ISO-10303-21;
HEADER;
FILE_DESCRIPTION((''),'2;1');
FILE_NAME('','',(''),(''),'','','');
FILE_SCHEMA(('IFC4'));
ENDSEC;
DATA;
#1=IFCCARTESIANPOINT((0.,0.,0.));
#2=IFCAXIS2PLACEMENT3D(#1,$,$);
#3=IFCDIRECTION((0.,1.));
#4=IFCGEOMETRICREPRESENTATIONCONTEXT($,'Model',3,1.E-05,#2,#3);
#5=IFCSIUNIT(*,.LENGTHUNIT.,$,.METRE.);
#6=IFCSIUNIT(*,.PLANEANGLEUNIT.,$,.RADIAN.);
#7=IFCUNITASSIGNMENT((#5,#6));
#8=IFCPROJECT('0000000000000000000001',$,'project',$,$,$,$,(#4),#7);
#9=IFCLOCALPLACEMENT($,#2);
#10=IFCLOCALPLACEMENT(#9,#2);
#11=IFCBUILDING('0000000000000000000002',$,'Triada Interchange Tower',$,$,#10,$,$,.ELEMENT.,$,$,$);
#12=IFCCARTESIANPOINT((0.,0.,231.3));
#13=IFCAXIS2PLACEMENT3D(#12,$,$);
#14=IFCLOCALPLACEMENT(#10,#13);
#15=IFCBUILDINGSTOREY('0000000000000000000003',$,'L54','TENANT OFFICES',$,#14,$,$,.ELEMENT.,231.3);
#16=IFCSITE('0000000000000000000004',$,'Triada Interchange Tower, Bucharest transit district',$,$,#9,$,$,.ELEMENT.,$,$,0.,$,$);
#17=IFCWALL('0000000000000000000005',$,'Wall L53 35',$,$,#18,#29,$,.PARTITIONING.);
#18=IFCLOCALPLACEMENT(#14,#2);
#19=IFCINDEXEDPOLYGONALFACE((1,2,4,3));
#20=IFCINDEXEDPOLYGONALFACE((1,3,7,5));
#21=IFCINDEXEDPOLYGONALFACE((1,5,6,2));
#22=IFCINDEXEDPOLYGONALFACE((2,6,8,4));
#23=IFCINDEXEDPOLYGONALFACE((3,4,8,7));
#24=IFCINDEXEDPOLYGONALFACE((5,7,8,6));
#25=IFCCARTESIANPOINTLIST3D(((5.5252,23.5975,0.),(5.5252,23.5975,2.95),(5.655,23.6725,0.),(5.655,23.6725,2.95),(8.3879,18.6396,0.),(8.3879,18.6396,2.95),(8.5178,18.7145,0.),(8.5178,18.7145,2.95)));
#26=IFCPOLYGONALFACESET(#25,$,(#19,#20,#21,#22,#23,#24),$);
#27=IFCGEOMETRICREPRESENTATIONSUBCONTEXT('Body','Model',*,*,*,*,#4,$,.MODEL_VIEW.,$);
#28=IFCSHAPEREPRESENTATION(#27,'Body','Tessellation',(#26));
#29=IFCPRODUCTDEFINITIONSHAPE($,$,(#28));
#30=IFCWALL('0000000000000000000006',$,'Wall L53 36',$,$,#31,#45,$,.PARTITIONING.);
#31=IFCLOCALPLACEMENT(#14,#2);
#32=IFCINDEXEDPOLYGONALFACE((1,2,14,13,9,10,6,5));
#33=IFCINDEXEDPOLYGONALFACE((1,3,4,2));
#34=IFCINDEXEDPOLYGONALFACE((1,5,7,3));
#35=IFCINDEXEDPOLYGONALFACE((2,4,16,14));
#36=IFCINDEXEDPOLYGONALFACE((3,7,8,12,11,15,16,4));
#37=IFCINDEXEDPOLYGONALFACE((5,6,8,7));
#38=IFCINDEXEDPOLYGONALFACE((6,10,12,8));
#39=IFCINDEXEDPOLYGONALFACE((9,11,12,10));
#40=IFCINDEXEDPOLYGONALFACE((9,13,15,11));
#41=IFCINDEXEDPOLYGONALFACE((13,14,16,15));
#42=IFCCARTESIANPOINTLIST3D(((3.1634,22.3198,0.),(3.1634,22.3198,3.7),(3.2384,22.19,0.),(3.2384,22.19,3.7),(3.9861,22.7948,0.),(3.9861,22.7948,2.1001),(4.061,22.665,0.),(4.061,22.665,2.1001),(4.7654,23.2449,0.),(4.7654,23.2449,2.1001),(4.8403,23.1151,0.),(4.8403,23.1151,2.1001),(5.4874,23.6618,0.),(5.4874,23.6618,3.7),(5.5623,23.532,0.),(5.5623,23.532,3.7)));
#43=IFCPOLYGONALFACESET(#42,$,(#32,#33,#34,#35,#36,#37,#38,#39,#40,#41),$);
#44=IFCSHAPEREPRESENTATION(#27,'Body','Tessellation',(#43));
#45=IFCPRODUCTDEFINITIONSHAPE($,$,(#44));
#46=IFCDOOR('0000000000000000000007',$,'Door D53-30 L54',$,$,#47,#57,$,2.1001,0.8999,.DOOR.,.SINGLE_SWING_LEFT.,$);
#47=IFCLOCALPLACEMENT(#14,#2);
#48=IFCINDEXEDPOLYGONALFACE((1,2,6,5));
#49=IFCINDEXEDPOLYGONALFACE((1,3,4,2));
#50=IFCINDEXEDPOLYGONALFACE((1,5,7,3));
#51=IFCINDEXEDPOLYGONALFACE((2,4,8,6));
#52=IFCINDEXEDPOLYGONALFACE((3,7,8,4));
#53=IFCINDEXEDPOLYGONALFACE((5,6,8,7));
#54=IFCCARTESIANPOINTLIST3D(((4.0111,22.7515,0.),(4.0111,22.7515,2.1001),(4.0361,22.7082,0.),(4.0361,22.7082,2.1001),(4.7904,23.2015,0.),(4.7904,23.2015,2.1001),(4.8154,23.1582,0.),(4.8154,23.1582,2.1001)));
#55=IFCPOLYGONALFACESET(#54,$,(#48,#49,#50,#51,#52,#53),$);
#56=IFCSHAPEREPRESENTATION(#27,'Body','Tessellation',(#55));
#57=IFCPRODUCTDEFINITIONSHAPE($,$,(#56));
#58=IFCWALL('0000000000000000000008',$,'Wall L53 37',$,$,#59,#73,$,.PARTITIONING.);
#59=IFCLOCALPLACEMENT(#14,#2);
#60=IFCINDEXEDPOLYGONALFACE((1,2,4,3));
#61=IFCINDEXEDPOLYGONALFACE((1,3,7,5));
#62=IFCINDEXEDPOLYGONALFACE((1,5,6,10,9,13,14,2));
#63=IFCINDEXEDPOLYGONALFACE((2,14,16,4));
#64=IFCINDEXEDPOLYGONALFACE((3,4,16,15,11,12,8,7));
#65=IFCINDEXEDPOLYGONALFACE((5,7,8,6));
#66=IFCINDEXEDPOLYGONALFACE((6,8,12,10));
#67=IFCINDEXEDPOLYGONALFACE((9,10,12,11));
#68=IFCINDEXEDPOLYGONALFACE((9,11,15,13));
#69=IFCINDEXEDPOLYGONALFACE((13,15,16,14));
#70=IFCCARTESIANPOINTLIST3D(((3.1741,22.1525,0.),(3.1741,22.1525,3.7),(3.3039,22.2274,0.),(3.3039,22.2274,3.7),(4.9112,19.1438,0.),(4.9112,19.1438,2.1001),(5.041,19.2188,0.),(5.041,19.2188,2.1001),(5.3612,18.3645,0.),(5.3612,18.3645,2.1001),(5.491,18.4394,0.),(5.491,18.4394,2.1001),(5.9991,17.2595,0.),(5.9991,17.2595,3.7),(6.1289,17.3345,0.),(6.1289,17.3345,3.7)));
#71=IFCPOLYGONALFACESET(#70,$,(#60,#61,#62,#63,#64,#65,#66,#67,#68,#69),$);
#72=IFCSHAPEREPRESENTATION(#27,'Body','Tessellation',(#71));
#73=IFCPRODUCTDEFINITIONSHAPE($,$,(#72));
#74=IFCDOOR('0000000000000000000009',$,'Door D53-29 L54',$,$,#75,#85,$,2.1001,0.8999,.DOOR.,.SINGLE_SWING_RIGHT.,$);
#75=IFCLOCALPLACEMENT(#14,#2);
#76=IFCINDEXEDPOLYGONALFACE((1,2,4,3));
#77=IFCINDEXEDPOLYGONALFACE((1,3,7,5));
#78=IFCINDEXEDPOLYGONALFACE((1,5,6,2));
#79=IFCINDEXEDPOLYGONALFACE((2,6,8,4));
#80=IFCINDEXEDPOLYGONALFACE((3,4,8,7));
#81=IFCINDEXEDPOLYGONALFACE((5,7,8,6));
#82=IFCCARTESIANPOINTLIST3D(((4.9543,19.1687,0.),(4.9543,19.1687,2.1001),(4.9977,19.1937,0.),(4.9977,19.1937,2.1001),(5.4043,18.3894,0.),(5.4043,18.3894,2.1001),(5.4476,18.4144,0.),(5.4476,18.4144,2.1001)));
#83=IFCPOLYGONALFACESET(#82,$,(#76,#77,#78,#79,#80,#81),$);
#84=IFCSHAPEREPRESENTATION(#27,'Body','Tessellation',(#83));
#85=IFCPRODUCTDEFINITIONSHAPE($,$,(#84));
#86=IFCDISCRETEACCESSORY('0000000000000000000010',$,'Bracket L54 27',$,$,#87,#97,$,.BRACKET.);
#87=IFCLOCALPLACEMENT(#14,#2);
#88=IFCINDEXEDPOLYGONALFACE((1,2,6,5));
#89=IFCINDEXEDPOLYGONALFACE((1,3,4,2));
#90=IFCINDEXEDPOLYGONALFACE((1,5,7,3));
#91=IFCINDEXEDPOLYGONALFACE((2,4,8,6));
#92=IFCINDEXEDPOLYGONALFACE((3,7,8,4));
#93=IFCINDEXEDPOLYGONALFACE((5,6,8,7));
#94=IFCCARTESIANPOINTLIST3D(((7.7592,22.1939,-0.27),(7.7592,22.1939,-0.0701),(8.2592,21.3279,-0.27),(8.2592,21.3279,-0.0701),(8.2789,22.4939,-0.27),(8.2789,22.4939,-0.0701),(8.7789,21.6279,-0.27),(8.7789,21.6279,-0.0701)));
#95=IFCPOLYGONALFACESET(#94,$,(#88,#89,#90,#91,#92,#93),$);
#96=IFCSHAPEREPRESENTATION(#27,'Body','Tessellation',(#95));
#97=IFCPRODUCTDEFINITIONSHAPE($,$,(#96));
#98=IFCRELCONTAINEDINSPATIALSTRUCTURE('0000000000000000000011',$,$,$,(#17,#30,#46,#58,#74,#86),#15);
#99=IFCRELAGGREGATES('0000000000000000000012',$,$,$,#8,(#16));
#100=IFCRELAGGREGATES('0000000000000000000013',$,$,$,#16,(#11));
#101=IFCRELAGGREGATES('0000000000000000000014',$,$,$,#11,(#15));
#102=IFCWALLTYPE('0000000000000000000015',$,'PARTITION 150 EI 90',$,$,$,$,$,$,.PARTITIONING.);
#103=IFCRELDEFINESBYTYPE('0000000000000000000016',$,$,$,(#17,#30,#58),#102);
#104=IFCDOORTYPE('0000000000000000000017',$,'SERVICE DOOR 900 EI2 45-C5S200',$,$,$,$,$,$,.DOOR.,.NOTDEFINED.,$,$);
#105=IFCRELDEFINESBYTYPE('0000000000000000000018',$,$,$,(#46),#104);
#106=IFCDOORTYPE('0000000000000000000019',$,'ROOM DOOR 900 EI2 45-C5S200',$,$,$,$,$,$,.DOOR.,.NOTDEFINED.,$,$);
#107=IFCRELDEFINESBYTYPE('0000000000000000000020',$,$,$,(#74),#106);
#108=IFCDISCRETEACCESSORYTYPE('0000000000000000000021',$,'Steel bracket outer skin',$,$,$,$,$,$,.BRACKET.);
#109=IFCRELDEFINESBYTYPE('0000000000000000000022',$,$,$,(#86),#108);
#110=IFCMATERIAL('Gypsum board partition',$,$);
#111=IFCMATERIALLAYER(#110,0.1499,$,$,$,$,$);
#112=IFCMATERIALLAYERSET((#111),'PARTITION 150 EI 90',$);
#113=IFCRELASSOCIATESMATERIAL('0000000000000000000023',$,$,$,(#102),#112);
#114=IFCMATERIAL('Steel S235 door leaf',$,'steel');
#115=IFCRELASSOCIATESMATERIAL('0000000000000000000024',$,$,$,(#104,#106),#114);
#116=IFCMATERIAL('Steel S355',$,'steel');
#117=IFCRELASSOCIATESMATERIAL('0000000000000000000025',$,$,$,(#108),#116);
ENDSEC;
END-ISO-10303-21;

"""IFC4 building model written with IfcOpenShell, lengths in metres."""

from ifc_helpers import new_model, si_unit, direction, frame, frame_2d, origin, origin_2d, place, context, subcontext, project, spatial, rectangle, extrude, material, layer, layer_set, type_object, element, fill, save


model = new_model("IFC4")

# Units and contexts
model_context = context("Model", 3, precision=1e-05, world=origin(), true_north=direction((0.0, 1.0)))
body_context = subcontext(model_context, "Body", "Model", "MODEL_VIEW")
ifc_project = project(units=[si_unit("LENGTHUNIT", "METRE"), si_unit("PLANEANGLEUNIT", "RADIAN")], contexts=[model_context])

# Site, building, storey
site_placement = place(None, origin())
site = spatial("IfcSite", under=ifc_project, at=site_placement, Name="Triada Interchange Tower, Bucharest transit district", CompositionType="ELEMENT", RefElevation=0.0)
building_placement = place(site_placement, origin())
building = spatial("IfcBuilding", under=site, at=building_placement, Name="Triada Interchange Tower", CompositionType="ELEMENT")
storey_placement = place(building_placement, frame((0.0, 0.0, 231.3)))
storey = spatial("IfcBuildingStorey", under=building, at=storey_placement, Name="L54", Description="TENANT OFFICES", CompositionType="ELEMENT", Elevation=231.3)

# Shared definitions
ifc_material_1 = material(Name="Gypsum board partition")
ifc_material_2 = material(Name="Steel S235 door leaf", Category="steel")

# Wall
ifc_layer_1 = layer(ifc_material_1, 0.1499)
ifc_layer_set_1 = layer_set([ifc_layer_1], Name="PARTITION 150 EI 90")
wall_type_1 = type_object("IfcWallType", Name="PARTITION 150 EI 90", PredefinedType="PARTITIONING", material=ifc_layer_set_1)
wall_1_placement = place(storey_placement, frame((5.5901, 23.635, 0.0), z_axis=(0.0, 0.0, 1.0), x_axis=(0.500037, -0.866004, 0.0)))
element("IfcWall", 1, at=wall_1_placement, inside=storey, type_object=wall_type_1, Name="Wall L53 35", PredefinedType="PARTITIONING", context=body_context, shape_type="SweptSolid", body=[
    extrude(rectangle(XDim=5.7251, YDim=0.1499, at=frame_2d((2.8625, 0.0))), origin(), (0.0, 0.0, 1.0), 2.95),
])

# Walls, openings, doors
wall_2_placement = place(storey_placement, frame((3.2009, 22.2549, 0.0), z_axis=(0.0, 0.0, 1.0), x_axis=(0.865978, 0.500082, 0.0)))
wall_2 = element("IfcWall", 2, at=wall_2_placement, inside=storey, type_object=wall_type_1, Name="Wall L53 36", PredefinedType="PARTITIONING", context=body_context, shape_type="SweptSolid", body=[
    extrude(rectangle(XDim=2.6836, YDim=0.1499, at=frame_2d((1.3418, 0.0))), origin(), (0.0, 0.0, 1.0), 3.7),
])
opening_1_placement = place(wall_2_placement, frame((0.95, 0.0, 0.0)))
opening_1 = element("IfcOpeningElement", 3, at=opening_1_placement, cuts=wall_2, PredefinedType="OPENING", context=body_context, shape_type="SweptSolid", body=[
    extrude(rectangle(XDim=0.8999, YDim=2.1001, at=frame_2d((0.45, 1.05))), frame((0.0, 0.085, 0.0), z_axis=(0.0, -1.0, 0.0), x_axis=(1.0, 0.0, 0.0)), (0.0, 0.0, 1.0), 0.1699),
])
door_type_1 = type_object("IfcDoorType", Name="SERVICE DOOR 900 EI2 45-C5S200", OperationType="NOTDEFINED", PredefinedType="DOOR", material=ifc_material_2)
door_1_placement = place(opening_1_placement, origin())
door_1 = element("IfcDoor", 4, at=door_1_placement, inside=storey, type_object=door_type_1, Name="Door D53-30 L54", OperationType="SINGLE_SWING_LEFT", OverallHeight=2.1001, OverallWidth=0.8999, PredefinedType="DOOR", context=body_context, shape_type="SweptSolid", body=[
    extrude(rectangle(XDim=0.8999, YDim=2.1001, at=frame_2d((0.45, 1.05))), frame((0.0, 0.0249, 0.0), z_axis=(0.0, -1.0, 0.0), x_axis=(1.0, 0.0, 0.0)), (0.0, 0.0, 1.0), 0.05),
])
fill(opening_1, door_1)
wall_3_placement = place(storey_placement, frame((3.239, 22.1899, 0.0), z_axis=(0.0, 0.0, 1.0), x_axis=(0.50001, -0.866019, 0.0)))
wall_3 = element("IfcWall", 5, at=wall_3_placement, inside=storey, type_object=wall_type_1, Name="Wall L53 37", PredefinedType="PARTITIONING", context=body_context, shape_type="SweptSolid", body=[
    extrude(rectangle(XDim=5.6499, YDim=0.1499, at=frame_2d((2.825, 0.0))), origin(), (0.0, 0.0, 1.0), 3.7),
])
opening_2_placement = place(wall_3_placement, frame((3.4741, 0.0, 0.0)))
opening_2 = element("IfcOpeningElement", 6, at=opening_2_placement, cuts=wall_3, PredefinedType="OPENING", context=body_context, shape_type="SweptSolid", body=[
    extrude(rectangle(XDim=0.8999, YDim=2.1001, at=frame_2d((0.45, 1.05))), frame((0.0, 0.085, 0.0), z_axis=(0.0, -1.0, 0.0), x_axis=(1.0, 0.0, 0.0)), (0.0, 0.0, 1.0), 0.1699),
])
door_type_2 = type_object("IfcDoorType", Name="ROOM DOOR 900 EI2 45-C5S200", OperationType="NOTDEFINED", PredefinedType="DOOR", material=ifc_material_2)
door_2_placement = place(opening_2_placement, origin())
door_2 = element("IfcDoor", 7, at=door_2_placement, inside=storey, type_object=door_type_2, Name="Door D53-29 L54", OperationType="SINGLE_SWING_RIGHT", OverallHeight=2.1001, OverallWidth=0.8999, PredefinedType="DOOR", context=body_context, shape_type="SweptSolid", body=[
    extrude(rectangle(XDim=0.8999, YDim=2.1001, at=frame_2d((0.45, 1.05))), frame((0.0, 0.0249, 0.0), z_axis=(0.0, -1.0, 0.0), x_axis=(1.0, 0.0, 0.0)), (0.0, 0.0, 1.0), 0.05),
])
fill(opening_2, door_2)

# Discrete accessory
ifc_material_3 = material(Name="Steel S355", Category="steel")
discrete_accessory_type = type_object("IfcDiscreteAccessoryType", Name="Steel bracket outer skin", PredefinedType="BRACKET", material=ifc_material_3)
discrete_accessory_placement = place(storey_placement, frame((8.269, 21.9109, -0.27), z_axis=(0.0, 0.0, 1.0), x_axis=(0.866014, 0.500019, 0.0)))
element("IfcDiscreteAccessory", 8, at=discrete_accessory_placement, inside=storey, type_object=discrete_accessory_type, Name="Bracket L54 27", PredefinedType="BRACKET", context=body_context, shape_type="SweptSolid", body=[
    extrude(rectangle(XDim=0.6001, YDim=1.0, at=origin_2d()), origin(), (0.0, 0.0, 1.0), 0.2),
])

save(model, "model.ifc")
